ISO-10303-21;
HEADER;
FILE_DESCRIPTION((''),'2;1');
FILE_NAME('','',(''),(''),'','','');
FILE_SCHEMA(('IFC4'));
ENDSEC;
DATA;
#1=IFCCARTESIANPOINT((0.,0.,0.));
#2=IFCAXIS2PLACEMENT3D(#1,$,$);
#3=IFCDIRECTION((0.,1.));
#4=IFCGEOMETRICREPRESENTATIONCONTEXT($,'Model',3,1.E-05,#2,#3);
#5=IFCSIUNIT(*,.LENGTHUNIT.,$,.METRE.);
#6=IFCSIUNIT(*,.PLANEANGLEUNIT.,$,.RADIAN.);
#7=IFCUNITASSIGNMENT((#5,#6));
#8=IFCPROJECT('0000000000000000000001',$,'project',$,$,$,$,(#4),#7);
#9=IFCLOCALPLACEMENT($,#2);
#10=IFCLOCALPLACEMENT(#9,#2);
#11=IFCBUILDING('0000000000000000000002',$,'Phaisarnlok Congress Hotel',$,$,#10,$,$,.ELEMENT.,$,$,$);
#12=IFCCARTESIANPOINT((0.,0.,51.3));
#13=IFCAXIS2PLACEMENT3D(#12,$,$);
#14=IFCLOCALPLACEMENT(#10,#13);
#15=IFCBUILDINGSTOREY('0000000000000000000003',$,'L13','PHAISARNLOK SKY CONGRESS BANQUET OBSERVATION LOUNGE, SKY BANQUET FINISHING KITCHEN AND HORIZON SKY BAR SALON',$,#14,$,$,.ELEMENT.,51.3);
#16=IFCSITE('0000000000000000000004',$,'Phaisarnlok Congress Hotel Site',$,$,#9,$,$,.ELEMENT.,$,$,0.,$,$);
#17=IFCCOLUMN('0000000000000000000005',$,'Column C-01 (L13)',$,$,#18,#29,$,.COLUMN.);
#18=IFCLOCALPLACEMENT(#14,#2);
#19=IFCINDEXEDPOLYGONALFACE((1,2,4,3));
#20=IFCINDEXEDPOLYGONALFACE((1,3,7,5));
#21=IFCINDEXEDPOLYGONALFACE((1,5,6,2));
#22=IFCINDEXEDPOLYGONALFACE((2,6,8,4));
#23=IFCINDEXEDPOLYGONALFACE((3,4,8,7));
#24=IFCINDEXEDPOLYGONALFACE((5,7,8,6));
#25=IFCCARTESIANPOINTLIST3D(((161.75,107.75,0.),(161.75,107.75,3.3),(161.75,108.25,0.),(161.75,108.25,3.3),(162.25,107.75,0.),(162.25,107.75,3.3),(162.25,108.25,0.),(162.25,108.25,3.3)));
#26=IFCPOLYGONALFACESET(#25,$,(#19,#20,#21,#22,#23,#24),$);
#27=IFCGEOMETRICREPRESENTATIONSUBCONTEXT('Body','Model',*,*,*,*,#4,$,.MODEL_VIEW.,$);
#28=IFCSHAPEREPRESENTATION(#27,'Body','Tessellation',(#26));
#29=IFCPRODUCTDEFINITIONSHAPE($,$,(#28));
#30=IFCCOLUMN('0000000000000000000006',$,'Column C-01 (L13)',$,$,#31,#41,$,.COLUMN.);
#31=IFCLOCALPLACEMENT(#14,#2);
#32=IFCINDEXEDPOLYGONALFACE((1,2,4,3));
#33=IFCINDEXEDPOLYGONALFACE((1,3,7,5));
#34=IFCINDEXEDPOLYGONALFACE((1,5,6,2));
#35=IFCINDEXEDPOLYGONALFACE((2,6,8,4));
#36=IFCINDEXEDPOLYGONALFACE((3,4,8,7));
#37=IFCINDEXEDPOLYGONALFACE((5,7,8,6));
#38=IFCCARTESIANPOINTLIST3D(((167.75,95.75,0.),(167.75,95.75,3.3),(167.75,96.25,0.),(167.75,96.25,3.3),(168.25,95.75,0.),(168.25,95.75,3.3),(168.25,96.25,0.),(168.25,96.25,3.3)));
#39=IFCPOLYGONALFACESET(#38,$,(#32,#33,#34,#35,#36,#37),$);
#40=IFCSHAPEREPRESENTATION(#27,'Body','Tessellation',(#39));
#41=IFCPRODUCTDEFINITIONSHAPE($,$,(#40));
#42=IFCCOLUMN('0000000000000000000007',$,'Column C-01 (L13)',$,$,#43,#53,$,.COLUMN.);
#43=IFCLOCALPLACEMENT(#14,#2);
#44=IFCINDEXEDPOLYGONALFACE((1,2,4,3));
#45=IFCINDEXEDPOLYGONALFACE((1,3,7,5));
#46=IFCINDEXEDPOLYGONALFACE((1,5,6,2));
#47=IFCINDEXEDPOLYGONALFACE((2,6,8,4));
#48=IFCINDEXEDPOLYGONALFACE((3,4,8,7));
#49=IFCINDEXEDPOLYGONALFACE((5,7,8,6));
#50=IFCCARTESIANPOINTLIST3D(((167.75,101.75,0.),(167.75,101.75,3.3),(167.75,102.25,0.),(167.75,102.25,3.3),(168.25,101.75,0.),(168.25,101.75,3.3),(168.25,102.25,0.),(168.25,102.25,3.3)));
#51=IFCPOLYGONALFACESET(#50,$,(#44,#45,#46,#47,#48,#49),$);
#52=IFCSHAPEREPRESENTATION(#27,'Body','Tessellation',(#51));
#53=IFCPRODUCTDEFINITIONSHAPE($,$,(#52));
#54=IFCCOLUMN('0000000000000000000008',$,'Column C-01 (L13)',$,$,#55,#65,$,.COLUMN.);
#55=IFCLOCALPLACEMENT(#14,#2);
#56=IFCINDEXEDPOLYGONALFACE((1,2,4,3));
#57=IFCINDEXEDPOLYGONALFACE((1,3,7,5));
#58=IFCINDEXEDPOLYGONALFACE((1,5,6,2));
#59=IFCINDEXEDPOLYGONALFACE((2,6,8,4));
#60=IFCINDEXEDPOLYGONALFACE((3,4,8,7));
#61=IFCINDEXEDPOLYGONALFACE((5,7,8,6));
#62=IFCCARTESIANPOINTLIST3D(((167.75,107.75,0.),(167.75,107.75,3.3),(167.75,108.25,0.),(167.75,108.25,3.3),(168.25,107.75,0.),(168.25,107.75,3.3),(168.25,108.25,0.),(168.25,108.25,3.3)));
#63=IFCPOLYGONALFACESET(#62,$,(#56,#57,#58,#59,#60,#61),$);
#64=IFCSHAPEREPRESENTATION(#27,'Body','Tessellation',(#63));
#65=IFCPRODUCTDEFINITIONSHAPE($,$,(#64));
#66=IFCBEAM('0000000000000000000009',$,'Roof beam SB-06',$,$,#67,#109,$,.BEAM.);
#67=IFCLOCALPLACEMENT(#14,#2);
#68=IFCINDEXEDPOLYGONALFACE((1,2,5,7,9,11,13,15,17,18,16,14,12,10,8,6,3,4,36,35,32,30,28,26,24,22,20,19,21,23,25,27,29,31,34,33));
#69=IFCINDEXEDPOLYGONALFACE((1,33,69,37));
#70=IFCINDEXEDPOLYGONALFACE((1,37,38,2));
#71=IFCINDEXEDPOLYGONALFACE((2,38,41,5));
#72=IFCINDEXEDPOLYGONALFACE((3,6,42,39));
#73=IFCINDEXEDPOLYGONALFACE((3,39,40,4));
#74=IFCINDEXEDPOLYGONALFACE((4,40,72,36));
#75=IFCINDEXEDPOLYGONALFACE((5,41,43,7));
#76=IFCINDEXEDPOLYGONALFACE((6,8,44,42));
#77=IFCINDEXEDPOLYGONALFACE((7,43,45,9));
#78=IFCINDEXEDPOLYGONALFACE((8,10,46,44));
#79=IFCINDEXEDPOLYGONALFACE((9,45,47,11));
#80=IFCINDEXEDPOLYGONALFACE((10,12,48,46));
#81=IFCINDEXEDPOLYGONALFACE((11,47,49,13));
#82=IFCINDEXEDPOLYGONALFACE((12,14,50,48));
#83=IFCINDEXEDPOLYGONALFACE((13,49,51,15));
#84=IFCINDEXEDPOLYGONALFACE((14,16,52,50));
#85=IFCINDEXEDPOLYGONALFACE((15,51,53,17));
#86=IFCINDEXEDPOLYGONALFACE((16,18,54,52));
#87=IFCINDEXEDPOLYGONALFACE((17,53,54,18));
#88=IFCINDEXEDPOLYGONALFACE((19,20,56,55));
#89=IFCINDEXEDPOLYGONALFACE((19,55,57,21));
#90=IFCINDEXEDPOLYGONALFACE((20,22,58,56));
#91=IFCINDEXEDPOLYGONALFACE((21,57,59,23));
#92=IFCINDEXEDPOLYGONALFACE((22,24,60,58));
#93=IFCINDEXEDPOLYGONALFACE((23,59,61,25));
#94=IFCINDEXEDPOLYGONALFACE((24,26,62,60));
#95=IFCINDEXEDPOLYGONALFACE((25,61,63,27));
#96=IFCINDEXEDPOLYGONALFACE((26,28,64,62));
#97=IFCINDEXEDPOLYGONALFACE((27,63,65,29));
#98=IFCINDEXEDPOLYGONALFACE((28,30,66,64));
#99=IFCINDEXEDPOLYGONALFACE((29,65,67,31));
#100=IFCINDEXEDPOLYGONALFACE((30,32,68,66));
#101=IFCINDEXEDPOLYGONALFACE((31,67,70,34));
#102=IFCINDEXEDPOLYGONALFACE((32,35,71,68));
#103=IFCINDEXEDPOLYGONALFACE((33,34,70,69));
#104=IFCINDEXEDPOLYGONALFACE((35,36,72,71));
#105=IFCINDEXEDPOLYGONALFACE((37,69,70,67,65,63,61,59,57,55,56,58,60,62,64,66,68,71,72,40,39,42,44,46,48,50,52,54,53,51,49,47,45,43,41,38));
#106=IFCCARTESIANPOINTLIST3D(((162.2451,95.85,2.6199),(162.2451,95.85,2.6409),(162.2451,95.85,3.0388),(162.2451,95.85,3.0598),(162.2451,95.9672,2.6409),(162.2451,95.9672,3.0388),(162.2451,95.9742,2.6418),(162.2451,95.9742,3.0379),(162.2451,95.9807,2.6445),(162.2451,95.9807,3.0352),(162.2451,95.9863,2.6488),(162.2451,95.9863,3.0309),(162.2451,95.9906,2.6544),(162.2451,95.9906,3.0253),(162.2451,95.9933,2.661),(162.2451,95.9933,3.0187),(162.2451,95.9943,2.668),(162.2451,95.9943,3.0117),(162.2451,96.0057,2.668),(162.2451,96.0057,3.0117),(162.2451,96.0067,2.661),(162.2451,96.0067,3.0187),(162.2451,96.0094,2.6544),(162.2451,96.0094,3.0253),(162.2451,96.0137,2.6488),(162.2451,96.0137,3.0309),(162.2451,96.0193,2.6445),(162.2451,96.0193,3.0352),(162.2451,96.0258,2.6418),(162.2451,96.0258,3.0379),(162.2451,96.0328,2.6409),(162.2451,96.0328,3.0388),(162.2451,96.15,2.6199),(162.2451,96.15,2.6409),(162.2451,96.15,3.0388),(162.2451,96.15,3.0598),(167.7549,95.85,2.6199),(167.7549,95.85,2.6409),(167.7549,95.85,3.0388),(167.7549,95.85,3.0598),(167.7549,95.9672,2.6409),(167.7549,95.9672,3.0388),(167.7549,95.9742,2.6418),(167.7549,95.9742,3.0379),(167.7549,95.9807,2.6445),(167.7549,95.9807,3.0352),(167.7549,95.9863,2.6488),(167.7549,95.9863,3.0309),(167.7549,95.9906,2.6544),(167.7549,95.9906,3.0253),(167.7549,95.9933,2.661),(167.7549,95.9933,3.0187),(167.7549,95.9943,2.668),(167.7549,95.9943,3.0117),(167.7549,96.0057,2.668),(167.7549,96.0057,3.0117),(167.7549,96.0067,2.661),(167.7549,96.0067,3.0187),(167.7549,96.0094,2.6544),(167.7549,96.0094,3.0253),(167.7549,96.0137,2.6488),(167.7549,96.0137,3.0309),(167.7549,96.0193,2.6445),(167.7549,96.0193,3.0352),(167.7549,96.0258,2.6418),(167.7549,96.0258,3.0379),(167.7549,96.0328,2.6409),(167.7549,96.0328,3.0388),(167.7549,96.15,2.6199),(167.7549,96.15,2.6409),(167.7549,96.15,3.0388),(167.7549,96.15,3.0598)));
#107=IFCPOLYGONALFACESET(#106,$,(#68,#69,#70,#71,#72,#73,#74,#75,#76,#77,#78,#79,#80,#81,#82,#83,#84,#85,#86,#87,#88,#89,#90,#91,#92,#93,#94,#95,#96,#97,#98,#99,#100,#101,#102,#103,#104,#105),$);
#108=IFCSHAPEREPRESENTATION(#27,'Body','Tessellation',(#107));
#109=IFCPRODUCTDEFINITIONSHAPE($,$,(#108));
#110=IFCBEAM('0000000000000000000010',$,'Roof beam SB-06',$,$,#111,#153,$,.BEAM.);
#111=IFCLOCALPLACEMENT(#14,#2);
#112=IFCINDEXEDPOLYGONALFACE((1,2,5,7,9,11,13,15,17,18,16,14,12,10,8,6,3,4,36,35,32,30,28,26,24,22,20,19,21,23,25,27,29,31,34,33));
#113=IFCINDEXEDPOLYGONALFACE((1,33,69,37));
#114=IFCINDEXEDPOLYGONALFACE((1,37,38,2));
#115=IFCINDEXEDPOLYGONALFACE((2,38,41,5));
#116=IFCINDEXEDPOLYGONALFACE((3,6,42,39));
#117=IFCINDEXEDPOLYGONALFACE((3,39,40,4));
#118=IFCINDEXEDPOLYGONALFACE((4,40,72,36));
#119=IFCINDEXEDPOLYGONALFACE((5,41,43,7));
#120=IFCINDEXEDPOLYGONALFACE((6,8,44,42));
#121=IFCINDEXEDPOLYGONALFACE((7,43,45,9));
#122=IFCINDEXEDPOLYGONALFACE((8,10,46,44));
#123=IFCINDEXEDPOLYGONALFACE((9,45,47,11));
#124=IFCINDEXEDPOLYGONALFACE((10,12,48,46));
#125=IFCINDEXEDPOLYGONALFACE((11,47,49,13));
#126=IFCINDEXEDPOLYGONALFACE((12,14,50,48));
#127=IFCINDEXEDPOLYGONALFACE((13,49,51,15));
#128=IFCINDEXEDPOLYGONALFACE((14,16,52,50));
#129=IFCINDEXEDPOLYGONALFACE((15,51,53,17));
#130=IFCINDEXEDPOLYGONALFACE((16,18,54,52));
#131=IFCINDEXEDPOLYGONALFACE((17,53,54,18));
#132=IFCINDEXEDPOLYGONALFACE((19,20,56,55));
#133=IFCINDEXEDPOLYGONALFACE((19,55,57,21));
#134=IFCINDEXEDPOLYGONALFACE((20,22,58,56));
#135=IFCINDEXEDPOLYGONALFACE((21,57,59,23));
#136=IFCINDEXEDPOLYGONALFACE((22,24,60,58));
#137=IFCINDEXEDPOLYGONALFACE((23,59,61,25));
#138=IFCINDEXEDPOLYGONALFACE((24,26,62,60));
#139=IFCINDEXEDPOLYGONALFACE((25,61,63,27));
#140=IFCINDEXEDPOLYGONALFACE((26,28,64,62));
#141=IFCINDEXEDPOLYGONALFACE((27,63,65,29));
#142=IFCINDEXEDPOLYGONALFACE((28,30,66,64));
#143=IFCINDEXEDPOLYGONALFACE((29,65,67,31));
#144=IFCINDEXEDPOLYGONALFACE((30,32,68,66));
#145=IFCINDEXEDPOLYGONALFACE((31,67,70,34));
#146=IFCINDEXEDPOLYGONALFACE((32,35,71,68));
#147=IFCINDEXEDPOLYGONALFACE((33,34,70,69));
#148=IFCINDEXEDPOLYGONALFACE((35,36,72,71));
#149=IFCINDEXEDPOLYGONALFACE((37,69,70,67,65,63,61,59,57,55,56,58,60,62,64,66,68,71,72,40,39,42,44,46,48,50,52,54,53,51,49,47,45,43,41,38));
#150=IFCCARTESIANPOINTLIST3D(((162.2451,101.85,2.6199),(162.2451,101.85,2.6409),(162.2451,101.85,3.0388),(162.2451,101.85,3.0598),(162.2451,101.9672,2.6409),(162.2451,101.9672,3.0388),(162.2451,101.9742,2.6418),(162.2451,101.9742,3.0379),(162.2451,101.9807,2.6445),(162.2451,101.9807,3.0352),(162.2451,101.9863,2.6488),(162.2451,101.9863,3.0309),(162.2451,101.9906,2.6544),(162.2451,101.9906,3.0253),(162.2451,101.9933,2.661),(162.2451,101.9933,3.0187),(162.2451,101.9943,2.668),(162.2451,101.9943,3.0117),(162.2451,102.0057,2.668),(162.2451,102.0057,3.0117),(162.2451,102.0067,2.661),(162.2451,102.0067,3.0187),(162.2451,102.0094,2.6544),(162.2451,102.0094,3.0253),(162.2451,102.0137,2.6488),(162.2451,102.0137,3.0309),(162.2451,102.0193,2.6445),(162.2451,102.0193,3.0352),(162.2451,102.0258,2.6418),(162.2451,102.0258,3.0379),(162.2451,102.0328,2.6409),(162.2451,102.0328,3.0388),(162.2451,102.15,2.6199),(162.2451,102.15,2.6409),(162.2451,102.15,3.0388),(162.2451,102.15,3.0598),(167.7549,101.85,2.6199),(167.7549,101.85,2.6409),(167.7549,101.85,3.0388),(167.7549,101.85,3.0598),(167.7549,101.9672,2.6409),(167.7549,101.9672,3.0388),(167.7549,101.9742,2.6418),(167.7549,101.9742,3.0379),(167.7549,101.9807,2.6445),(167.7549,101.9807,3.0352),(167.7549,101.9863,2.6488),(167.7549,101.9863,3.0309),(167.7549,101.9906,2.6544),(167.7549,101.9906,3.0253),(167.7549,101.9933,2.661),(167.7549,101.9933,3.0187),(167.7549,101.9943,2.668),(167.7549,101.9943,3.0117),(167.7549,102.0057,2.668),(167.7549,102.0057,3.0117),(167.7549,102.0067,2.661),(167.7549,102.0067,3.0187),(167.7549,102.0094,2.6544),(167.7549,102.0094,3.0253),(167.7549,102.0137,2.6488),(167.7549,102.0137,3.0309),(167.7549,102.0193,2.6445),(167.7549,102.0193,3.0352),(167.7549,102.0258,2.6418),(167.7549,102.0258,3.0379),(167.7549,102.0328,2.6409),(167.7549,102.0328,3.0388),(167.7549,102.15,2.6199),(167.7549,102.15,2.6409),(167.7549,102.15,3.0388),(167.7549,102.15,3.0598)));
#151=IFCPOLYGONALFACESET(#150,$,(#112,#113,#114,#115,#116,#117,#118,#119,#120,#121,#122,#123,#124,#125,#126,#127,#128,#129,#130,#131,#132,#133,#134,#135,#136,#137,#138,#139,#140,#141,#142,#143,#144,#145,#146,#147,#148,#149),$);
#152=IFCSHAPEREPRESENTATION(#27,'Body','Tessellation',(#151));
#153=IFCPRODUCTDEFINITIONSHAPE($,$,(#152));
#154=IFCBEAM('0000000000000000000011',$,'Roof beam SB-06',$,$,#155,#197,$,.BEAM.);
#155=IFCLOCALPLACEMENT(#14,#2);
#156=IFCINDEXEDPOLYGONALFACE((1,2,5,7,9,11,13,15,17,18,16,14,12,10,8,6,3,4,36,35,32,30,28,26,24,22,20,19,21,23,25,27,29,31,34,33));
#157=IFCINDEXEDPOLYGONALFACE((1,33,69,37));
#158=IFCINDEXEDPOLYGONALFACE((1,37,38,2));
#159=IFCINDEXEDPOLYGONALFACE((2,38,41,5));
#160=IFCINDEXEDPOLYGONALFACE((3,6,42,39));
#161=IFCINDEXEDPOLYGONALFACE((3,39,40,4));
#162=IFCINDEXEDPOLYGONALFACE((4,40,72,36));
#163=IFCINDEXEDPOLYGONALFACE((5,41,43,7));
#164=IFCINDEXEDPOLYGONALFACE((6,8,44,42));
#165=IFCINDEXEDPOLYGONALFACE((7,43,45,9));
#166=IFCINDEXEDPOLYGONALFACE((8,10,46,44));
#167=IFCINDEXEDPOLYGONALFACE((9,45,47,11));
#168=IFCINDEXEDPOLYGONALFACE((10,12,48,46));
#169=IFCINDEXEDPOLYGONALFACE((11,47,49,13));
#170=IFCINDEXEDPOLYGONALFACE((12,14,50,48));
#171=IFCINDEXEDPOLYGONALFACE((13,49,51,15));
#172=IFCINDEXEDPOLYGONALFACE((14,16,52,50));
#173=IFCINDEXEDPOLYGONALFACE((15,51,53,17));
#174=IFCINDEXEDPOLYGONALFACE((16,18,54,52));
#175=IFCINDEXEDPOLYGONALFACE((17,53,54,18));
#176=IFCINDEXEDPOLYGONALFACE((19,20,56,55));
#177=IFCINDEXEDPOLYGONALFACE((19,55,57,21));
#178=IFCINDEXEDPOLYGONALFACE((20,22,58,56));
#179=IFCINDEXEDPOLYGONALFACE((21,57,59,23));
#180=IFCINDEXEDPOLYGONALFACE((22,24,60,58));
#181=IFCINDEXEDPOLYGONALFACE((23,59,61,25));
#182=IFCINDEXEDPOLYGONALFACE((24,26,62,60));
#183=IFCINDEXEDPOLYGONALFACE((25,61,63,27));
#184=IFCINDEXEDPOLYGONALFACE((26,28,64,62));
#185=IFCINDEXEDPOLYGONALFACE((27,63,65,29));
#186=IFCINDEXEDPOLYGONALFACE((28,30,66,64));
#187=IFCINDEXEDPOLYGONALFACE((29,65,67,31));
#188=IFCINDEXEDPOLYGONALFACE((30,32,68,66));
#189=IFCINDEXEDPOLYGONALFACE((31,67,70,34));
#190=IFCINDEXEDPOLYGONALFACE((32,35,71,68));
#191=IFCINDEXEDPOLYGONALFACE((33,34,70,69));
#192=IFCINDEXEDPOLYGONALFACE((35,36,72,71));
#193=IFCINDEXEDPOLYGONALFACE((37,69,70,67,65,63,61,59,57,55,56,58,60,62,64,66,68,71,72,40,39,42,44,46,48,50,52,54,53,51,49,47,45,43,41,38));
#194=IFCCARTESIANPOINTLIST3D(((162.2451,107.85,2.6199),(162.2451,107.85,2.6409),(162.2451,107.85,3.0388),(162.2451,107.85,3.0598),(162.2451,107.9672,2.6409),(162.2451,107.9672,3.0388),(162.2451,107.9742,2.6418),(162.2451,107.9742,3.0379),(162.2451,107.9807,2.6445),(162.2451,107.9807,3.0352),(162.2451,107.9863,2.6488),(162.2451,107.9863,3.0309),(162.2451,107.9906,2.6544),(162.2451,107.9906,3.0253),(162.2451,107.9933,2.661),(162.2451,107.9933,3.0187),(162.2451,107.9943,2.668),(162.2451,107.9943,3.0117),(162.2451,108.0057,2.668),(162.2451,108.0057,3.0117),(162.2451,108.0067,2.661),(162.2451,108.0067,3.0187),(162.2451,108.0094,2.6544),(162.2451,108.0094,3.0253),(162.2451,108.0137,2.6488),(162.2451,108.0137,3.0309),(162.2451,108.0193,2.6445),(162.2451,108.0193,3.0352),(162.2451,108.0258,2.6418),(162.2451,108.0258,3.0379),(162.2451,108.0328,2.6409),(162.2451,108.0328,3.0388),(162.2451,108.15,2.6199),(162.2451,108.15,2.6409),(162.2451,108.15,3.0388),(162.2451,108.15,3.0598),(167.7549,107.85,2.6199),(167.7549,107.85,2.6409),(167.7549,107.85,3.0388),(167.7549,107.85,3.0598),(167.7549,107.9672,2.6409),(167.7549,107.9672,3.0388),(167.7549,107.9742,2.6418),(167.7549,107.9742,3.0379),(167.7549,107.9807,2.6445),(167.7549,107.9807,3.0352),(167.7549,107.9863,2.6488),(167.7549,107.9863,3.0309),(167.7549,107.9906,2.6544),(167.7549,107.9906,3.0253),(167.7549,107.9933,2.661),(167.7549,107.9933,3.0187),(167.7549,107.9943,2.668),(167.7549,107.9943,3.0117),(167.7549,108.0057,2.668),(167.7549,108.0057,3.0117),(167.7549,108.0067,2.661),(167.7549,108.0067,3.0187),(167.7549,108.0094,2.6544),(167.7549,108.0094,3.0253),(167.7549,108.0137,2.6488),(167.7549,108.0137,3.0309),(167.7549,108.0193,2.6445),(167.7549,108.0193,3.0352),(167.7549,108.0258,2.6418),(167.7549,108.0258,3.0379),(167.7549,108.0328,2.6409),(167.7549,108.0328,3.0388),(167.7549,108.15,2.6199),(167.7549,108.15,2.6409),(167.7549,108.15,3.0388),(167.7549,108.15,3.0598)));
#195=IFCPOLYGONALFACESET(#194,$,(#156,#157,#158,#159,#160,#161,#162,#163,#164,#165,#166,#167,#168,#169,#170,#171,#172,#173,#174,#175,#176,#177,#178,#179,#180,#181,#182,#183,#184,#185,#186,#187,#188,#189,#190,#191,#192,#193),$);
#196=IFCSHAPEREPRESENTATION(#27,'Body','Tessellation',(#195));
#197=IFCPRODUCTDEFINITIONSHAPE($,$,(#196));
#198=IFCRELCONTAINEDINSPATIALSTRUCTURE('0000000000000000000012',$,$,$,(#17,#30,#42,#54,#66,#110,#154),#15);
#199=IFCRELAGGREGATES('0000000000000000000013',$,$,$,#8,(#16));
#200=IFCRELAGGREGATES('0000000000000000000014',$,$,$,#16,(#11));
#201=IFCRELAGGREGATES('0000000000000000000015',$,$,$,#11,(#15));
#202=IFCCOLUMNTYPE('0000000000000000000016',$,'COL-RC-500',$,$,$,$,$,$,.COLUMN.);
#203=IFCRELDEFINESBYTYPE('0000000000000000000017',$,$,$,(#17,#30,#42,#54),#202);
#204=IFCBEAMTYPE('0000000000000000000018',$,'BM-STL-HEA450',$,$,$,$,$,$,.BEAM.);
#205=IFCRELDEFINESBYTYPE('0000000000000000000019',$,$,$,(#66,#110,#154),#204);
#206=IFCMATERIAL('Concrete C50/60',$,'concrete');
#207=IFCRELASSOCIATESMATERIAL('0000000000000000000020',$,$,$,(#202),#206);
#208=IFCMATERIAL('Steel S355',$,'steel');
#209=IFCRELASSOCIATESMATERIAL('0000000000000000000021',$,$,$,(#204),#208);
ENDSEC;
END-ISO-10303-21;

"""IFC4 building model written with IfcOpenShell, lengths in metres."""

from ifc_helpers import new_model, si_unit, direction, frame, origin, origin_2d, place, context, subcontext, project, spatial, rectangle, i_section, extrude, material, material_profile, profile_set, type_object, element, save


model = new_model("IFC4")

# Units and contexts
model_context = context("Model", 3, precision=1e-05, world=origin(), true_north=direction((0.0, 1.0)))
body_context = subcontext(model_context, "Body", "Model", "MODEL_VIEW")
ifc_project = project(units=[si_unit("LENGTHUNIT", "METRE"), si_unit("PLANEANGLEUNIT", "RADIAN")], contexts=[model_context])

# Site, building, storey
site_placement = place(None, origin())
site = spatial("IfcSite", under=ifc_project, at=site_placement, Name="Phaisarnlok Congress Hotel Site", CompositionType="ELEMENT", RefElevation=0.0)
building_placement = place(site_placement, origin())
building = spatial("IfcBuilding", under=site, at=building_placement, Name="Phaisarnlok Congress Hotel", CompositionType="ELEMENT")
storey_placement = place(building_placement, frame((0.0, 0.0, 51.3)))
storey = spatial("IfcBuildingStorey", under=building, at=storey_placement, Name="L13", Description="PHAISARNLOK SKY CONGRESS BANQUET OBSERVATION LOUNGE, SKY BANQUET FINISHING KITCHEN AND HORIZON SKY BAR SALON", CompositionType="ELEMENT", Elevation=51.3)

# Columns
ifc_material_1 = material(Name="Concrete C50/60", Category="concrete")
ifc_material_profile_1 = material_profile(ifc_material_1, rectangle(XDim=0.5, YDim=0.5, at=origin_2d()), Name="RC 500x500")
ifc_profile_set_1 = profile_set([ifc_material_profile_1], Name="Concrete C50/60")
column_type = type_object("IfcColumnType", Name="COL-RC-500", PredefinedType="COLUMN", material=ifc_profile_set_1)
for number, where, z_axis, x_axis, name in (
    (1, (162.0, 108.0, 0.0), (0.0, 0.0, 1.0), (1.0, 0.0, 0.0), "Column C-01 (L13)"),
    (2, (168.0, 96.0, 0.0), (0.0, 0.0, 1.0), (1.0, 0.0, 0.0), "Column C-01 (L13)"),
    (3, (168.0, 102.0, 0.0), (0.0, 0.0, 1.0), (1.0, 0.0, 0.0), "Column C-01 (L13)"),
    (4, (168.0, 108.0, 0.0), (0.0, 0.0, 1.0), (1.0, 0.0, 0.0), "Column C-01 (L13)"),
):
    element("IfcColumn", number, at=place(storey_placement, frame(where, z_axis=z_axis, x_axis=x_axis)), inside=storey, type_object=column_type, Name=name, PredefinedType="COLUMN", context=body_context, shape_type="SweptSolid", body=[
        extrude(rectangle(XDim=0.5, YDim=0.5, at=origin_2d()), origin(), (0.0, 0.0, 1.0), 3.3),
    ])

# Beams
ifc_material_2 = material(Name="Steel S355", Category="steel")
ifc_material_profile_2 = material_profile(ifc_material_2, i_section(OverallWidth=0.3, OverallDepth=0.4399, WebThickness=0.0115, FlangeThickness=0.021, FilletRadius=0.0271, at=origin_2d()), Name="HEA 450")
ifc_profile_set_2 = profile_set([ifc_material_profile_2], Name="Steel S355")
beam_type_1 = type_object("IfcBeamType", Name="BM-STL-HEA450", PredefinedType="BEAM", material=ifc_profile_set_2)
for number, where, z_axis, x_axis, name in (
    (5, (162.2451, 96.0, 2.8398), (1.0, 0.0, 0.0), (0.0, 1.0, 0.0), "Roof beam SB-06"),
    (6, (162.2451, 102.0, 2.8398), (1.0, 0.0, 0.0), (0.0, 1.0, 0.0), "Roof beam SB-06"),
    (7, (162.2451, 108.0, 2.8398), (1.0, 0.0, 0.0), (0.0, 1.0, 0.0), "Roof beam SB-06"),
):
    element("IfcBeam", number, at=place(storey_placement, frame(where, z_axis=z_axis, x_axis=x_axis)), inside=storey, type_object=beam_type_1, Name=name, PredefinedType="BEAM", context=body_context, shape_type="SweptSolid", body=[
        extrude(i_section(OverallWidth=0.3, OverallDepth=0.4399, WebThickness=0.0115, FlangeThickness=0.021, FilletRadius=0.0271, at=origin_2d()), origin(), (0.0, 0.0, 1.0), 5.5098),
    ])

save(model, "model.ifc")
